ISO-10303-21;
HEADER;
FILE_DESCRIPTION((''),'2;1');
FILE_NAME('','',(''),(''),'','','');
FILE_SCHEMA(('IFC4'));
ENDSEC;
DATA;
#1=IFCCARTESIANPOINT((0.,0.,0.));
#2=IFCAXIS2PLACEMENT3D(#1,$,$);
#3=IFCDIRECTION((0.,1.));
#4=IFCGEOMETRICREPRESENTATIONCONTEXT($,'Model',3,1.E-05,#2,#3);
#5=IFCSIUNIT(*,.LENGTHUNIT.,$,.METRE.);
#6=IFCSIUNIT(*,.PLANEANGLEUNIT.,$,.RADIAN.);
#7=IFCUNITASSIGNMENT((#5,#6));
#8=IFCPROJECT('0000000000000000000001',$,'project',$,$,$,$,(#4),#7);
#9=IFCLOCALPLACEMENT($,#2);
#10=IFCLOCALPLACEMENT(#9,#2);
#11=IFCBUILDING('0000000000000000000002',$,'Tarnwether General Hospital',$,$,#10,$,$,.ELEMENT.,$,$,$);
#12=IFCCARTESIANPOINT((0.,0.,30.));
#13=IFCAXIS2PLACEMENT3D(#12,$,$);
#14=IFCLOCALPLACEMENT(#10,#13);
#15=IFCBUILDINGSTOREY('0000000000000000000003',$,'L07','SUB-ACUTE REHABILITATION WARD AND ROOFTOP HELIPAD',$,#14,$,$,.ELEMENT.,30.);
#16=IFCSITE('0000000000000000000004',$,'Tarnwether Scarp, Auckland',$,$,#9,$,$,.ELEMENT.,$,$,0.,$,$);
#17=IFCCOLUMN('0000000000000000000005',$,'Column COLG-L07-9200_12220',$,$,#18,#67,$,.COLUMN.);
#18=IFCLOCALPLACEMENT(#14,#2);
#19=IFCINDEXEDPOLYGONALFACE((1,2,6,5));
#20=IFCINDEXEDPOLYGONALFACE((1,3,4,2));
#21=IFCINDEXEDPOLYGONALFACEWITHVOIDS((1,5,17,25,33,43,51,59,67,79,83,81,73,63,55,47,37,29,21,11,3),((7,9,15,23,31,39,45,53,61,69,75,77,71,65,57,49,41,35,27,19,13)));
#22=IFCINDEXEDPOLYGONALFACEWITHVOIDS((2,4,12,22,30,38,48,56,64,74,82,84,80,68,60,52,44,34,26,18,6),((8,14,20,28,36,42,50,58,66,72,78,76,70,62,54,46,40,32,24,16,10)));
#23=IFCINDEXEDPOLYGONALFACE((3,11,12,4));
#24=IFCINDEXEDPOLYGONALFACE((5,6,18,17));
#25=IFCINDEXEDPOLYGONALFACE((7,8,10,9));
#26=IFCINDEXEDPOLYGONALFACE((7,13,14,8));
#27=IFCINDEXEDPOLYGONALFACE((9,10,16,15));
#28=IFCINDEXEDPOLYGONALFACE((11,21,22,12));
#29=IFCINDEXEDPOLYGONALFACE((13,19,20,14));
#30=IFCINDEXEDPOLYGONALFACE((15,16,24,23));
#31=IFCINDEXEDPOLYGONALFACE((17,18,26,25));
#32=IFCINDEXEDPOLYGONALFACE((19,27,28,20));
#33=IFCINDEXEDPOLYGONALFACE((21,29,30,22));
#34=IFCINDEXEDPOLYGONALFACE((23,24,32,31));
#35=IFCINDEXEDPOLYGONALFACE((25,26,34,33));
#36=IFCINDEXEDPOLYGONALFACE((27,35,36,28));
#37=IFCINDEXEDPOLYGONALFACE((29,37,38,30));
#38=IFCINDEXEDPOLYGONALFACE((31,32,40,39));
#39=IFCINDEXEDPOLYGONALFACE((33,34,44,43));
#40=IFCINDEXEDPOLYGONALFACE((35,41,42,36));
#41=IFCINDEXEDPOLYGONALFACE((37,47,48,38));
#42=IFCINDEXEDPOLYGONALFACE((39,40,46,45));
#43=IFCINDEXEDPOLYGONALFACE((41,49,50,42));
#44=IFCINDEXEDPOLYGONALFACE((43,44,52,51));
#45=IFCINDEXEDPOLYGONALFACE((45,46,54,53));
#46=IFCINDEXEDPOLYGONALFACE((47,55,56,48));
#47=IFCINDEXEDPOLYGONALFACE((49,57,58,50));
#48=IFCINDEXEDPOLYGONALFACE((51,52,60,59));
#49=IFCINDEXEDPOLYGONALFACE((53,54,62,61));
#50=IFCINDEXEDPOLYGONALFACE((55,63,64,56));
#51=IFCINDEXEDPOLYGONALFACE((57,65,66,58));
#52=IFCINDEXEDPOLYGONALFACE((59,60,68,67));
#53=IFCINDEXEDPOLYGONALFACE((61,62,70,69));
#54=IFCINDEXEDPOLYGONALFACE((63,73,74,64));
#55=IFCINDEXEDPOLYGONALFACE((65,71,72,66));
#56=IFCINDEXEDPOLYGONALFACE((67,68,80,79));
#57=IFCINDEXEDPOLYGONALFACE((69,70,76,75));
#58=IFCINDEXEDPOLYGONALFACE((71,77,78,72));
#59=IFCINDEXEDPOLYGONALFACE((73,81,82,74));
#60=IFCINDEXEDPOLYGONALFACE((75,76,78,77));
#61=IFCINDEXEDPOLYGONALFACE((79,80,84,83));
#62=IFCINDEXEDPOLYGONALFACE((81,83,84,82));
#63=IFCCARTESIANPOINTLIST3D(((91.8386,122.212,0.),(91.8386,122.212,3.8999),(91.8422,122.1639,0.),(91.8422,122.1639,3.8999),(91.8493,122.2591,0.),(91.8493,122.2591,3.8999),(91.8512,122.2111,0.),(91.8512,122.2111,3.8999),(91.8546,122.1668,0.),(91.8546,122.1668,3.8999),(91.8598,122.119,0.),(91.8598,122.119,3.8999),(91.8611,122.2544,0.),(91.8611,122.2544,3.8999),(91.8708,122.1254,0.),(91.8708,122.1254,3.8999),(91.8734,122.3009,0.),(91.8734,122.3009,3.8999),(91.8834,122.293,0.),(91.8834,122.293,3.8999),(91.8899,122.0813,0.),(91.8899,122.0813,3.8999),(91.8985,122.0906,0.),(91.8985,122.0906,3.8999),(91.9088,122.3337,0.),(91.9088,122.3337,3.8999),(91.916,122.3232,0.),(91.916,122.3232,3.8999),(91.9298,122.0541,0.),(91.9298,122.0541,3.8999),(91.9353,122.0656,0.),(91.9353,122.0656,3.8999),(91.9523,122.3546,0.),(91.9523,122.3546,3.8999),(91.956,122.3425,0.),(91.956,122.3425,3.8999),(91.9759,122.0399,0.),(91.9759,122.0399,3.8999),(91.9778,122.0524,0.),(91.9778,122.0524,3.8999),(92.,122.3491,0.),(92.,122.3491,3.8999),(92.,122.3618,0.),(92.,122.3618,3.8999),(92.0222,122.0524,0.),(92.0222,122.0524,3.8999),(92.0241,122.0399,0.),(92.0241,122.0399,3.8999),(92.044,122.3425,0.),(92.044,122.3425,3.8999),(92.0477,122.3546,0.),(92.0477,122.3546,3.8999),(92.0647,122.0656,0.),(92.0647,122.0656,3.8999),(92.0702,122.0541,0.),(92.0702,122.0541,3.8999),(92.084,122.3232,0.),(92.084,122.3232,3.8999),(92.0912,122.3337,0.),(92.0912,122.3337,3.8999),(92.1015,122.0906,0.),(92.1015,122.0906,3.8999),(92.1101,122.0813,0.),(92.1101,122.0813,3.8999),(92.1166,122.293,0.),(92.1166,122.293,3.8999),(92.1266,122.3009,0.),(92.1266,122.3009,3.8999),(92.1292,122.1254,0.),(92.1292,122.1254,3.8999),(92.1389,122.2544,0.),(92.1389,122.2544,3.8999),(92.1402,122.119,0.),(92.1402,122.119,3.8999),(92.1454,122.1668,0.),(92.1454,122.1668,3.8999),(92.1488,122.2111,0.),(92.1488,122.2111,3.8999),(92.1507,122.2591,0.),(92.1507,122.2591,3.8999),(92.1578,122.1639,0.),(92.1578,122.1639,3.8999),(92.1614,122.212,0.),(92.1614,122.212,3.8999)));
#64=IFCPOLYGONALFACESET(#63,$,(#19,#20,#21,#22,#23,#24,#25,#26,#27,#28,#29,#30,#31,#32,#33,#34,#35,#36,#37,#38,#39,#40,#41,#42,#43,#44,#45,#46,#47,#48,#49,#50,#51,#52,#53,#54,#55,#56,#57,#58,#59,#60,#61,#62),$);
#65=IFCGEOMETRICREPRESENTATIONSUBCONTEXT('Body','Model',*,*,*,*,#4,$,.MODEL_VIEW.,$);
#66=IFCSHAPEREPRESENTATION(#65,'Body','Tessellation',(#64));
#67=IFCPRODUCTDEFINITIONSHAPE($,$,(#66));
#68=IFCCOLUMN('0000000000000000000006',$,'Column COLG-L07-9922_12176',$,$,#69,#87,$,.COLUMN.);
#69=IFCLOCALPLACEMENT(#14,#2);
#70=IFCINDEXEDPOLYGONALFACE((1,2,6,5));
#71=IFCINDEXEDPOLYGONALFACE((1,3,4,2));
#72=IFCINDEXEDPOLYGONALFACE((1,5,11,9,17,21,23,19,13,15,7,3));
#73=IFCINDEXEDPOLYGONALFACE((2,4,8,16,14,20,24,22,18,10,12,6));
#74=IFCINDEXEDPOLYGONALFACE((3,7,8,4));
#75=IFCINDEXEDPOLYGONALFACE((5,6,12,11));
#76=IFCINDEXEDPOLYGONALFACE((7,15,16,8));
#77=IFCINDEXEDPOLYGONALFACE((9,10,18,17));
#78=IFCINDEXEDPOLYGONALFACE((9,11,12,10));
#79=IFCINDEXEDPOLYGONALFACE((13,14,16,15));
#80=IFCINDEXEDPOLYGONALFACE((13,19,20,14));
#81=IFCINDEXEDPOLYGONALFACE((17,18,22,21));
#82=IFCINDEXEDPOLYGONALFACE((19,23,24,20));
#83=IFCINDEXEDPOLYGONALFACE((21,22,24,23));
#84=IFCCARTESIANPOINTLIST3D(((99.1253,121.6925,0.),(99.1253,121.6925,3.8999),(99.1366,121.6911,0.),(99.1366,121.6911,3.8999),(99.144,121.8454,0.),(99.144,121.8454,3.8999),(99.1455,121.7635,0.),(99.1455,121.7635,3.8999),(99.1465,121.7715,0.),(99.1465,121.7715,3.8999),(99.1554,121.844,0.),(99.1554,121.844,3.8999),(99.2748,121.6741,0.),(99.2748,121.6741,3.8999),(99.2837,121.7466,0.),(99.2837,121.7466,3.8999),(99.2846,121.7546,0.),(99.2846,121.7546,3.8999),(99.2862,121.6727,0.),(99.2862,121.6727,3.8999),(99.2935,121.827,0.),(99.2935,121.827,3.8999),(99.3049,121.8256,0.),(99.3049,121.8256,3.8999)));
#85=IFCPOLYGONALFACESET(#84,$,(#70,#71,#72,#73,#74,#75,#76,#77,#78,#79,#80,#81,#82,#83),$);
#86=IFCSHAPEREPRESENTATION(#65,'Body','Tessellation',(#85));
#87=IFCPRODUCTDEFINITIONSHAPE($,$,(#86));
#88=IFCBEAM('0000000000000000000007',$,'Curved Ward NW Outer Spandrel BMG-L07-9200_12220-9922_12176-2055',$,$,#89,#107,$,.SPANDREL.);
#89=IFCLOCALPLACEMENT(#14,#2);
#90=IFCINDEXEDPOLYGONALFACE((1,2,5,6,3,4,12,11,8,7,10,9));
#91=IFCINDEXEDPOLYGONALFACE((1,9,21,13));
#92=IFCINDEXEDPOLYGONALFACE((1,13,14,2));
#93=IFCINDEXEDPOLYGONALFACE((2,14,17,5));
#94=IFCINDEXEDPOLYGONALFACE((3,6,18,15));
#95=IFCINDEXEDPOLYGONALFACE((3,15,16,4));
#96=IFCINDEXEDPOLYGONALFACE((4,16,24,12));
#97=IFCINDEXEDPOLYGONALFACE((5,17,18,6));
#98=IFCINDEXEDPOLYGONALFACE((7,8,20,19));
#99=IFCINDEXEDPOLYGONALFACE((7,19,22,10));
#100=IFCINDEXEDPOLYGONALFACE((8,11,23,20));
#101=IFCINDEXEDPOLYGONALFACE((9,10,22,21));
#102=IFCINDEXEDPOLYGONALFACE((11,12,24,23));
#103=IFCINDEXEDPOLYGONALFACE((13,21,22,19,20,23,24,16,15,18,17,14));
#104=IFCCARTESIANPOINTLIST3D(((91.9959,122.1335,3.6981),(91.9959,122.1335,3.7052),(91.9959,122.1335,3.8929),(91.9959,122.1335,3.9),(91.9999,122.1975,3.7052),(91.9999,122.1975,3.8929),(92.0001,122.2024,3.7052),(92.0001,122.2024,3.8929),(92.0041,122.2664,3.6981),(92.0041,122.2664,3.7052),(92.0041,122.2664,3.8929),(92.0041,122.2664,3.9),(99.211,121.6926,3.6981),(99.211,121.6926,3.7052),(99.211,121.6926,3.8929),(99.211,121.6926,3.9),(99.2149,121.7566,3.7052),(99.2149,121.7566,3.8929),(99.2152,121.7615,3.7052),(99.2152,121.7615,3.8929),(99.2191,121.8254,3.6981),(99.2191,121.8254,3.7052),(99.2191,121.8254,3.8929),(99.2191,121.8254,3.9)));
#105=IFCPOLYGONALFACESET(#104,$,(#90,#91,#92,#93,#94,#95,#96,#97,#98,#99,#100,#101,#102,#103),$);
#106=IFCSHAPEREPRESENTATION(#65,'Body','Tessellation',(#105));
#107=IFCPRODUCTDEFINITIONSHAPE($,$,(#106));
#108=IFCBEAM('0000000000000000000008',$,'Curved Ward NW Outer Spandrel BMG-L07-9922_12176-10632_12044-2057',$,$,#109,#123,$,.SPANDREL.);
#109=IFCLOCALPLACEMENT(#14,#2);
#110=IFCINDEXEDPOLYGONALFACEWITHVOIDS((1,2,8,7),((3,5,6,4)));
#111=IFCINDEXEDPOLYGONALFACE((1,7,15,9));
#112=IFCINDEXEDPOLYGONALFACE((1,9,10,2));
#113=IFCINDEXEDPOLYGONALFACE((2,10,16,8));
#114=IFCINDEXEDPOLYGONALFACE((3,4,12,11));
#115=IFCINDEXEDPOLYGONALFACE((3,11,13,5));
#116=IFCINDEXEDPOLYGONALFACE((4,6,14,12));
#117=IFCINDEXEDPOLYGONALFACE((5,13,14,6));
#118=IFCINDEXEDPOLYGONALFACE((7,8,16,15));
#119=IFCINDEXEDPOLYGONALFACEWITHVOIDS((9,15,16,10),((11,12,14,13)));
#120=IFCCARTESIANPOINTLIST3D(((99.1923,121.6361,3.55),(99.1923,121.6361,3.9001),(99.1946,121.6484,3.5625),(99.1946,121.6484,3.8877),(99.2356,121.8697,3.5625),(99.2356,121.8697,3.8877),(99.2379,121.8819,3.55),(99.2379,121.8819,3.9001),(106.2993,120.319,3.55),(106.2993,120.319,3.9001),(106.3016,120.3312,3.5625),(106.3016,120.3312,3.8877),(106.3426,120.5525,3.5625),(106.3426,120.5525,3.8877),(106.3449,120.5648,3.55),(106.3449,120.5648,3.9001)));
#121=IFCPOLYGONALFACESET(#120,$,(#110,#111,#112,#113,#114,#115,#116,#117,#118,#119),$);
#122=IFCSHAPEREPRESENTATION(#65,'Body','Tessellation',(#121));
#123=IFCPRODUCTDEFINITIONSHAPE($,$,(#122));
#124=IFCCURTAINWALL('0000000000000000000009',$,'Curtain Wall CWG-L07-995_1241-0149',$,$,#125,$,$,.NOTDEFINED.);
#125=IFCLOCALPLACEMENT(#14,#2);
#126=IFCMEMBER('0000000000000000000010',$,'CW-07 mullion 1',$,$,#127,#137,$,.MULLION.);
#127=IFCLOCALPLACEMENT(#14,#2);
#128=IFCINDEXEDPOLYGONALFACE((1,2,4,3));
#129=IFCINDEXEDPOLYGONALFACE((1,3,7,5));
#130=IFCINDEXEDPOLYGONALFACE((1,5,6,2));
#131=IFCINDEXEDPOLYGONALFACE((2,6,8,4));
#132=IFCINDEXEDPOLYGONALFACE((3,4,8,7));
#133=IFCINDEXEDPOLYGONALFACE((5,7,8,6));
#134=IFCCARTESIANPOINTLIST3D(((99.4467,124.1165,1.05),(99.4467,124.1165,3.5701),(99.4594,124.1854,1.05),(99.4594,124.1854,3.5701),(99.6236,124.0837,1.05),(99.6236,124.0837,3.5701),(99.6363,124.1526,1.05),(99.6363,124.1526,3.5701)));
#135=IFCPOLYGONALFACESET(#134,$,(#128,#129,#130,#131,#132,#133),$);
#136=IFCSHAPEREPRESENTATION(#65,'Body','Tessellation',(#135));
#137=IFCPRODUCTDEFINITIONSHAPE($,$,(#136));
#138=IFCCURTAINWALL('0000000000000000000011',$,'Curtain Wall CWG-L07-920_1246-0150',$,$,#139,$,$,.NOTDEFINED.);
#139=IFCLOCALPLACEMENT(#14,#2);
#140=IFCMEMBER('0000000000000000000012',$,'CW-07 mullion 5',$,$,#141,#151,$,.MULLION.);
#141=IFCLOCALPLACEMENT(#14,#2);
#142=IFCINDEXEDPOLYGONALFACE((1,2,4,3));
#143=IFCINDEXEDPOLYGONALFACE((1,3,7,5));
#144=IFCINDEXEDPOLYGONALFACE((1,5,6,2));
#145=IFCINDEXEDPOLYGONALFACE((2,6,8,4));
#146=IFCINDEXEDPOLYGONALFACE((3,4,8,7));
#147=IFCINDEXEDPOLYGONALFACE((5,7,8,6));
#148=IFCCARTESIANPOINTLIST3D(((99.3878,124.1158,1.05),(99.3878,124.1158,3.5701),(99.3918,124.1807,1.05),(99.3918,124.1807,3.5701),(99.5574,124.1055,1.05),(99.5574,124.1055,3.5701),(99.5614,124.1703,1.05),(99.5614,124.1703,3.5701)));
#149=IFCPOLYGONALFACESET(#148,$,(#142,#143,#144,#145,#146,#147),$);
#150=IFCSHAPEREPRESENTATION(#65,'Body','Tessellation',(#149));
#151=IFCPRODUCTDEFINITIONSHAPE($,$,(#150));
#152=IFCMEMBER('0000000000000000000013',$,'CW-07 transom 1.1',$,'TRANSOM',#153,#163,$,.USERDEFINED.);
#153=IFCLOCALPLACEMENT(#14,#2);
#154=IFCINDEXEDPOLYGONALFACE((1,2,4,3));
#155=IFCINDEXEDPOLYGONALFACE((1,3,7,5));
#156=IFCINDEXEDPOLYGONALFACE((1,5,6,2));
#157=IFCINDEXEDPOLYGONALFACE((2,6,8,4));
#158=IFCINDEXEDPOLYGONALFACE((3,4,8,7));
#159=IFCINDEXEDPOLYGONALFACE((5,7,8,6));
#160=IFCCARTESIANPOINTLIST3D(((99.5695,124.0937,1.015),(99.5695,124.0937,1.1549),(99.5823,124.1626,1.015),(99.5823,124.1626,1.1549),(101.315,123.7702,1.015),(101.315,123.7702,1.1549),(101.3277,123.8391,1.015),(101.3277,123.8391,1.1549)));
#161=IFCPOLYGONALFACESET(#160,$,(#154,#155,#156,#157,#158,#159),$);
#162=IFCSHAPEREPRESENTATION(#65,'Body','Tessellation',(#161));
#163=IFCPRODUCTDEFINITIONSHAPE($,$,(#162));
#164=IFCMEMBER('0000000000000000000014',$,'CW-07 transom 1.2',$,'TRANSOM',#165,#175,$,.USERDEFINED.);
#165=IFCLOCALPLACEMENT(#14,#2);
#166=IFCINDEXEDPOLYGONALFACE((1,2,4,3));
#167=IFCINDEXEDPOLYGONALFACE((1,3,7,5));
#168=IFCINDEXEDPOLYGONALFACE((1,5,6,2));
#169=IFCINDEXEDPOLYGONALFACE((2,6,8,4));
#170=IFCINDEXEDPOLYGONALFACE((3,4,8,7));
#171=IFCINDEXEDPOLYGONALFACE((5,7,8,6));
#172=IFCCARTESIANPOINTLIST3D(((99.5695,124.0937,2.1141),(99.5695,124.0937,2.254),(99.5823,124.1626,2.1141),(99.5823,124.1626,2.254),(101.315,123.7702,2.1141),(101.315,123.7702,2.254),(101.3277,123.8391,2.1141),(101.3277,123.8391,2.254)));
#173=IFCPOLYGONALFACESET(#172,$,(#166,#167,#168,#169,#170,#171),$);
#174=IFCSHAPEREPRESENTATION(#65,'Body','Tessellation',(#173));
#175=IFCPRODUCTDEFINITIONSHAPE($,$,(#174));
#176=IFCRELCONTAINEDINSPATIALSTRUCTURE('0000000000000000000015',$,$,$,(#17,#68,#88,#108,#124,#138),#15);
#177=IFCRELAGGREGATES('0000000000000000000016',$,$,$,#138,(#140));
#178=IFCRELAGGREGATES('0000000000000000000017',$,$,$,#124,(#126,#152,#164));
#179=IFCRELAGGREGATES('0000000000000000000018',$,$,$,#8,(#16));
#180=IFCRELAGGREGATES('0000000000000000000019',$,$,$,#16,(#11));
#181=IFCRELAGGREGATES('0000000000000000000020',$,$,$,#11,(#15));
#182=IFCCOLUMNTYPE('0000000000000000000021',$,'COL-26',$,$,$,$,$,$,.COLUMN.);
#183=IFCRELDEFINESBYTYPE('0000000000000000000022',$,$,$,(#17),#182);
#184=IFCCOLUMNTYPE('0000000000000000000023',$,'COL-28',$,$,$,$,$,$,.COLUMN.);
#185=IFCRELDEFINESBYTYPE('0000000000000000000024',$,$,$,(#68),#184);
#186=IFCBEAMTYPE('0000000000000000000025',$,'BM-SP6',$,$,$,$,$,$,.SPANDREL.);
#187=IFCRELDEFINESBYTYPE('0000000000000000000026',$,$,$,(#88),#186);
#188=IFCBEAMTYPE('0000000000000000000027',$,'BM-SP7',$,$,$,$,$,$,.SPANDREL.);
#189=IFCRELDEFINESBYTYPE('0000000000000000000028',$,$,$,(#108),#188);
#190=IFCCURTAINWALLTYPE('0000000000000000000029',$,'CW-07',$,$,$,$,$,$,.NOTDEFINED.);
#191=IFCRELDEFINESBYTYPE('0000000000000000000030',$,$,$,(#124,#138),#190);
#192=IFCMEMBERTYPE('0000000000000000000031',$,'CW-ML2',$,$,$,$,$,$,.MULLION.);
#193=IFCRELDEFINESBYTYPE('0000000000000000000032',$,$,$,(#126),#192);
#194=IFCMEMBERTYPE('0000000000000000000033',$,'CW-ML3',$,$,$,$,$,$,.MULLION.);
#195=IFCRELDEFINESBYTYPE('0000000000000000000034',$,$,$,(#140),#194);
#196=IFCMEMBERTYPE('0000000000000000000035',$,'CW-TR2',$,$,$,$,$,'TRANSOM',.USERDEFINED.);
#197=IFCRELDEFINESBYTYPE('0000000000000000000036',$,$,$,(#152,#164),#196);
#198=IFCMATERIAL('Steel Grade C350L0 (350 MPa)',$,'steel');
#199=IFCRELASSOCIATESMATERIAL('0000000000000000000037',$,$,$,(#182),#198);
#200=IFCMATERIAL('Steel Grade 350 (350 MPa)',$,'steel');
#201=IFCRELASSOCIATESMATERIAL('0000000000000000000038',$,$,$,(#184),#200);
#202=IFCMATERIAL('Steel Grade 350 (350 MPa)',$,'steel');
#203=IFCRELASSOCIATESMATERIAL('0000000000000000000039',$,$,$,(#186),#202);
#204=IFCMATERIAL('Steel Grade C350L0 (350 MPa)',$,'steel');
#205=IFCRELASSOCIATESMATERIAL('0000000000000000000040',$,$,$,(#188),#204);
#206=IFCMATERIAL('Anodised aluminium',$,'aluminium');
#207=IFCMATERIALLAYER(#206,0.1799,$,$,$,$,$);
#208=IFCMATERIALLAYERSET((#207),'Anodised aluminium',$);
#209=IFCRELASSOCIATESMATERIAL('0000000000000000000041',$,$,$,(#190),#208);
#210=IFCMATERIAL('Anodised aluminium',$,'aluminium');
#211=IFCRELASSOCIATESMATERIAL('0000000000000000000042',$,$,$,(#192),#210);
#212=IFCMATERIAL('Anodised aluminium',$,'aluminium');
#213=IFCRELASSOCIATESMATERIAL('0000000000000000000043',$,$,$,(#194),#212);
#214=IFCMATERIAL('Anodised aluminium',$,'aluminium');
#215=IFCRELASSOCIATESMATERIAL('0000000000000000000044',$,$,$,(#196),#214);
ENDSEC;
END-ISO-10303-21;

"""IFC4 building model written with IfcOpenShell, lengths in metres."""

from ifc_helpers import new_model, si_unit, direction, frame, origin, origin_2d, place, context, subcontext, project, spatial, rectangle, hollow_rectangle, hollow_circle, i_section, extrude, material, layer, layer_set, material_profile, profile_set, type_object, element, aggregate, save


model = new_model("IFC4")

# Units and contexts
model_context = context("Model", 3, precision=1e-05, world=origin(), true_north=direction((0.0, 1.0)))
body_context = subcontext(model_context, "Body", "Model", "MODEL_VIEW")
ifc_project = project(units=[si_unit("LENGTHUNIT", "METRE"), si_unit("PLANEANGLEUNIT", "RADIAN")], contexts=[model_context])

# Site, building, storey
site_placement = place(None, origin())
site = spatial("IfcSite", under=ifc_project, at=site_placement, Name="Tarnwether Scarp, Auckland", CompositionType="ELEMENT", RefElevation=0.0)
building_placement = place(site_placement, origin())
building = spatial("IfcBuilding", under=site, at=building_placement, Name="Tarnwether General Hospital", CompositionType="ELEMENT")
storey_placement = place(building_placement, frame((0.0, 0.0, 30.0)))
storey = spatial("IfcBuildingStorey", under=building, at=storey_placement, Name="L07", Description="SUB-ACUTE REHABILITATION WARD AND ROOFTOP HELIPAD", CompositionType="ELEMENT", Elevation=30.0)

# Columns
ifc_material_1 = material(Name="Steel Grade C350L0 (350 MPa)", Category="steel")
ifc_material_profile_1 = material_profile(ifc_material_1, hollow_circle(Radius=0.1619, WallThickness=0.0127, at=origin_2d()), Name="CHS323.9x12.7")
ifc_profile_set_1 = profile_set([ifc_material_profile_1], Name="Steel Grade C350L0 (350 MPa)")
column_type_1 = type_object("IfcColumnType", Name="COL-26", PredefinedType="COLUMN", material=ifc_profile_set_1)
column_1_placement = place(storey_placement, frame((92.0, 122.2, 0.0), z_axis=(0.0, 0.0, 1.0), x_axis=(0.0, 1.0, 0.0)))
element("IfcColumn", 1, at=column_1_placement, inside=storey, type_object=column_type_1, Name="Column COLG-L07-9200_12220", PredefinedType="COLUMN", context=body_context, shape_type="SweptSolid", body=[
    extrude(hollow_circle(Radius=0.1619, WallThickness=0.0127, at=origin_2d()), origin(), (0.0, 0.0, 1.0), 3.8999),
])
ifc_material_2 = material(Name="Steel Grade 350 (350 MPa)", Category="steel")
ifc_material_profile_2 = material_profile(ifc_material_2, i_section(OverallWidth=0.1541, OverallDepth=0.1621, WebThickness=0.0081, FlangeThickness=0.0115, at=origin_2d()), Name="150UC37.2")
ifc_profile_set_2 = profile_set([ifc_material_profile_2], Name="Steel Grade 350 (350 MPa)")
column_type_2 = type_object("IfcColumnType", Name="COL-28", PredefinedType="COLUMN", material=ifc_profile_set_2)
column_2_placement = place(storey_placement, frame((99.2151, 121.759, 0.0), z_axis=(0.0, 0.0, 1.0), x_axis=(0.121869, 0.992546, 0.0)))
element("IfcColumn", 2, at=column_2_placement, inside=storey, type_object=column_type_2, Name="Column COLG-L07-9922_12176", PredefinedType="COLUMN", context=body_context, shape_type="SweptSolid", body=[
    extrude(i_section(OverallWidth=0.1541, OverallDepth=0.1621, WebThickness=0.0081, FlangeThickness=0.0115, at=origin_2d()), origin(), (0.0, 0.0, 1.0), 3.8999),
])

# Beams
ifc_material_3 = material(Name="Steel Grade 350 (350 MPa)", Category="steel")
ifc_material_profile_3 = material_profile(ifc_material_3, i_section(OverallWidth=0.1331, OverallDepth=0.2019, WebThickness=0.0049, FlangeThickness=0.0071, at=origin_2d()), Name="200UB22.3")
ifc_profile_set_3 = profile_set([ifc_material_profile_3], Name="Steel Grade 350 (350 MPa)")
beam_type_1 = type_object("IfcBeamType", Name="BM-SP6", PredefinedType="SPANDREL", material=ifc_profile_set_3)
beam_1_placement = place(storey_placement, frame((92.0, 122.2, 3.7991), z_axis=(0.998138, -0.060997, 0.0), x_axis=(0.060997, 0.998138, 0.0)))
element("IfcBeam", 3, at=beam_1_placement, inside=storey, type_object=beam_type_1, Name="Curved Ward NW Outer Spandrel BMG-L07-9200_12220-9922_12176-2055", PredefinedType="SPANDREL", context=body_context, shape_type="SweptSolid", body=[
    extrude(i_section(OverallWidth=0.1331, OverallDepth=0.2019, WebThickness=0.0049, FlangeThickness=0.0071, at=origin_2d()), origin(), (0.0, 0.0, 1.0), 7.2285),
])
ifc_material_4 = material(Name="Steel Grade C350L0 (350 MPa)", Category="steel")
ifc_material_profile_4 = material_profile(ifc_material_4, hollow_rectangle(XDim=0.25, YDim=0.3501, WallThickness=0.0125, at=origin_2d()), Name="RHS350x250x12.5")
ifc_profile_set_4 = profile_set([ifc_material_profile_4], Name="Steel Grade C350L0 (350 MPa)")
beam_type_2 = type_object("IfcBeamType", Name="BM-SP7", PredefinedType="SPANDREL", material=ifc_profile_set_4)
beam_2_placement = place(storey_placement, frame((99.2151, 121.759, 3.7251), z_axis=(0.983256, -0.182228, 0.0), x_axis=(0.182228, 0.983256, 0.0)))
element("IfcBeam", 4, at=beam_2_placement, inside=storey, type_object=beam_type_2, Name="Curved Ward NW Outer Spandrel BMG-L07-9922_12176-10632_12044-2057", PredefinedType="SPANDREL", context=body_context, shape_type="SweptSolid", body=[
    extrude(hollow_rectangle(XDim=0.25, YDim=0.3501, WallThickness=0.0125, at=origin_2d()), origin(), (0.0, 0.0, 1.0), 7.228),
])

# Curtain walls, members
ifc_material_5 = material(Name="Anodised aluminium", Category="aluminium")
ifc_layer_1 = layer(ifc_material_5, 0.1799)
ifc_layer_set_1 = layer_set([ifc_layer_1], Name="Anodised aluminium")
curtain_wall_type = type_object("IfcCurtainWallType", Name="CW-07", PredefinedType="NOTDEFINED", material=ifc_layer_set_1)
curtain_wall_1_placement = place(storey_placement, origin())
curtain_wall_1 = element("IfcCurtainWall", 5, at=curtain_wall_1_placement, inside=storey, type_object=curtain_wall_type, Name="Curtain Wall CWG-L07-995_1241-0149", PredefinedType="NOTDEFINED")
ifc_material_6 = material(Name="Anodised aluminium", Category="aluminium")
ifc_material_profile_5 = material_profile(ifc_material_6, rectangle(XDim=0.0701, YDim=0.1799, at=origin_2d()), Name="ALU-MUL-70x180")
ifc_profile_set_5 = profile_set([ifc_material_profile_5], Name="Anodised aluminium")
member_type_1 = type_object("IfcMemberType", Name="CW-ML2", PredefinedType="MULLION", material=ifc_profile_set_5)
member_1_placement = place(storey_placement, frame((99.5415, 124.1345, 1.05), z_axis=(0.0, 0.0, 1.0), x_axis=(0.182289, 0.983245, 0.0)))
member_1 = element("IfcMember", 6, at=member_1_placement, type_object=member_type_1, Name="CW-07 mullion 1", PredefinedType="MULLION", context=body_context, shape_type="SweptSolid", body=[
    extrude(rectangle(XDim=0.0701, YDim=0.1799, at=origin_2d()), origin(), (0.0, 0.0, 1.0), 2.52),
])
curtain_wall_2_placement = place(storey_placement, origin())
curtain_wall_2 = element("IfcCurtainWall", 7, at=curtain_wall_2_placement, inside=storey, type_object=curtain_wall_type, Name="Curtain Wall CWG-L07-920_1246-0150", PredefinedType="NOTDEFINED")
ifc_material_7 = material(Name="Anodised aluminium", Category="aluminium")
ifc_material_profile_6 = material_profile(ifc_material_7, rectangle(XDim=0.0649, YDim=0.1699, at=origin_2d()), Name="ALU-MUL-65x170")
ifc_profile_set_6 = profile_set([ifc_material_profile_6], Name="Anodised aluminium")
member_type_2 = type_object("IfcMemberType", Name="CW-ML3", PredefinedType="MULLION", material=ifc_profile_set_6)
member_2_placement = place(storey_placement, frame((99.4746, 124.1431, 1.05), z_axis=(0.0, 0.0, 1.0), x_axis=(0.061029, 0.998136, 0.0)))
member_2 = element("IfcMember", 8, at=member_2_placement, type_object=member_type_2, Name="CW-07 mullion 5", PredefinedType="MULLION", context=body_context, shape_type="SweptSolid", body=[
    extrude(rectangle(XDim=0.0649, YDim=0.1699, at=origin_2d()), origin(), (0.0, 0.0, 1.0), 2.52),
])

# Members
ifc_material_8 = material(Name="Anodised aluminium", Category="aluminium")
ifc_material_profile_7 = material_profile(ifc_material_8, rectangle(XDim=0.0701, YDim=0.1399, at=origin_2d()), Name="ALU-TRN-70x140")
ifc_profile_set_7 = profile_set([ifc_material_profile_7], Name="Anodised aluminium")
member_type_3 = type_object("IfcMemberType", Name="CW-TR2", ElementType="TRANSOM", PredefinedType="USERDEFINED", material=ifc_profile_set_7)
member_3_placement = place(storey_placement, frame((99.5759, 124.1282, 1.085), z_axis=(0.983255, -0.182237, 0.0), x_axis=(0.182237, 0.983255, 0.0)))
member_3 = element("IfcMember", 9, at=member_3_placement, type_object=member_type_3, Name="CW-07 transom 1.1", ObjectType="TRANSOM", PredefinedType="USERDEFINED", context=body_context, shape_type="SweptSolid", body=[
    extrude(rectangle(XDim=0.0701, YDim=0.1399, at=origin_2d()), origin(), (0.0, 0.0, 1.0), 1.7751),
])
member_4_placement = place(storey_placement, frame((99.5759, 124.1282, 2.1841), z_axis=(0.983255, -0.182237, 0.0), x_axis=(0.182237, 0.983255, 0.0)))
member_4 = element("IfcMember", 10, at=member_4_placement, type_object=member_type_3, Name="CW-07 transom 1.2", ObjectType="TRANSOM", PredefinedType="USERDEFINED", context=body_context, shape_type="SweptSolid", body=[
    extrude(rectangle(XDim=0.0701, YDim=0.1399, at=origin_2d()), origin(), (0.0, 0.0, 1.0), 1.7751),
])

aggregate(curtain_wall_2, [member_2])
aggregate(curtain_wall_1, [member_1, member_3, member_4])

save(model, "model.ifc")
